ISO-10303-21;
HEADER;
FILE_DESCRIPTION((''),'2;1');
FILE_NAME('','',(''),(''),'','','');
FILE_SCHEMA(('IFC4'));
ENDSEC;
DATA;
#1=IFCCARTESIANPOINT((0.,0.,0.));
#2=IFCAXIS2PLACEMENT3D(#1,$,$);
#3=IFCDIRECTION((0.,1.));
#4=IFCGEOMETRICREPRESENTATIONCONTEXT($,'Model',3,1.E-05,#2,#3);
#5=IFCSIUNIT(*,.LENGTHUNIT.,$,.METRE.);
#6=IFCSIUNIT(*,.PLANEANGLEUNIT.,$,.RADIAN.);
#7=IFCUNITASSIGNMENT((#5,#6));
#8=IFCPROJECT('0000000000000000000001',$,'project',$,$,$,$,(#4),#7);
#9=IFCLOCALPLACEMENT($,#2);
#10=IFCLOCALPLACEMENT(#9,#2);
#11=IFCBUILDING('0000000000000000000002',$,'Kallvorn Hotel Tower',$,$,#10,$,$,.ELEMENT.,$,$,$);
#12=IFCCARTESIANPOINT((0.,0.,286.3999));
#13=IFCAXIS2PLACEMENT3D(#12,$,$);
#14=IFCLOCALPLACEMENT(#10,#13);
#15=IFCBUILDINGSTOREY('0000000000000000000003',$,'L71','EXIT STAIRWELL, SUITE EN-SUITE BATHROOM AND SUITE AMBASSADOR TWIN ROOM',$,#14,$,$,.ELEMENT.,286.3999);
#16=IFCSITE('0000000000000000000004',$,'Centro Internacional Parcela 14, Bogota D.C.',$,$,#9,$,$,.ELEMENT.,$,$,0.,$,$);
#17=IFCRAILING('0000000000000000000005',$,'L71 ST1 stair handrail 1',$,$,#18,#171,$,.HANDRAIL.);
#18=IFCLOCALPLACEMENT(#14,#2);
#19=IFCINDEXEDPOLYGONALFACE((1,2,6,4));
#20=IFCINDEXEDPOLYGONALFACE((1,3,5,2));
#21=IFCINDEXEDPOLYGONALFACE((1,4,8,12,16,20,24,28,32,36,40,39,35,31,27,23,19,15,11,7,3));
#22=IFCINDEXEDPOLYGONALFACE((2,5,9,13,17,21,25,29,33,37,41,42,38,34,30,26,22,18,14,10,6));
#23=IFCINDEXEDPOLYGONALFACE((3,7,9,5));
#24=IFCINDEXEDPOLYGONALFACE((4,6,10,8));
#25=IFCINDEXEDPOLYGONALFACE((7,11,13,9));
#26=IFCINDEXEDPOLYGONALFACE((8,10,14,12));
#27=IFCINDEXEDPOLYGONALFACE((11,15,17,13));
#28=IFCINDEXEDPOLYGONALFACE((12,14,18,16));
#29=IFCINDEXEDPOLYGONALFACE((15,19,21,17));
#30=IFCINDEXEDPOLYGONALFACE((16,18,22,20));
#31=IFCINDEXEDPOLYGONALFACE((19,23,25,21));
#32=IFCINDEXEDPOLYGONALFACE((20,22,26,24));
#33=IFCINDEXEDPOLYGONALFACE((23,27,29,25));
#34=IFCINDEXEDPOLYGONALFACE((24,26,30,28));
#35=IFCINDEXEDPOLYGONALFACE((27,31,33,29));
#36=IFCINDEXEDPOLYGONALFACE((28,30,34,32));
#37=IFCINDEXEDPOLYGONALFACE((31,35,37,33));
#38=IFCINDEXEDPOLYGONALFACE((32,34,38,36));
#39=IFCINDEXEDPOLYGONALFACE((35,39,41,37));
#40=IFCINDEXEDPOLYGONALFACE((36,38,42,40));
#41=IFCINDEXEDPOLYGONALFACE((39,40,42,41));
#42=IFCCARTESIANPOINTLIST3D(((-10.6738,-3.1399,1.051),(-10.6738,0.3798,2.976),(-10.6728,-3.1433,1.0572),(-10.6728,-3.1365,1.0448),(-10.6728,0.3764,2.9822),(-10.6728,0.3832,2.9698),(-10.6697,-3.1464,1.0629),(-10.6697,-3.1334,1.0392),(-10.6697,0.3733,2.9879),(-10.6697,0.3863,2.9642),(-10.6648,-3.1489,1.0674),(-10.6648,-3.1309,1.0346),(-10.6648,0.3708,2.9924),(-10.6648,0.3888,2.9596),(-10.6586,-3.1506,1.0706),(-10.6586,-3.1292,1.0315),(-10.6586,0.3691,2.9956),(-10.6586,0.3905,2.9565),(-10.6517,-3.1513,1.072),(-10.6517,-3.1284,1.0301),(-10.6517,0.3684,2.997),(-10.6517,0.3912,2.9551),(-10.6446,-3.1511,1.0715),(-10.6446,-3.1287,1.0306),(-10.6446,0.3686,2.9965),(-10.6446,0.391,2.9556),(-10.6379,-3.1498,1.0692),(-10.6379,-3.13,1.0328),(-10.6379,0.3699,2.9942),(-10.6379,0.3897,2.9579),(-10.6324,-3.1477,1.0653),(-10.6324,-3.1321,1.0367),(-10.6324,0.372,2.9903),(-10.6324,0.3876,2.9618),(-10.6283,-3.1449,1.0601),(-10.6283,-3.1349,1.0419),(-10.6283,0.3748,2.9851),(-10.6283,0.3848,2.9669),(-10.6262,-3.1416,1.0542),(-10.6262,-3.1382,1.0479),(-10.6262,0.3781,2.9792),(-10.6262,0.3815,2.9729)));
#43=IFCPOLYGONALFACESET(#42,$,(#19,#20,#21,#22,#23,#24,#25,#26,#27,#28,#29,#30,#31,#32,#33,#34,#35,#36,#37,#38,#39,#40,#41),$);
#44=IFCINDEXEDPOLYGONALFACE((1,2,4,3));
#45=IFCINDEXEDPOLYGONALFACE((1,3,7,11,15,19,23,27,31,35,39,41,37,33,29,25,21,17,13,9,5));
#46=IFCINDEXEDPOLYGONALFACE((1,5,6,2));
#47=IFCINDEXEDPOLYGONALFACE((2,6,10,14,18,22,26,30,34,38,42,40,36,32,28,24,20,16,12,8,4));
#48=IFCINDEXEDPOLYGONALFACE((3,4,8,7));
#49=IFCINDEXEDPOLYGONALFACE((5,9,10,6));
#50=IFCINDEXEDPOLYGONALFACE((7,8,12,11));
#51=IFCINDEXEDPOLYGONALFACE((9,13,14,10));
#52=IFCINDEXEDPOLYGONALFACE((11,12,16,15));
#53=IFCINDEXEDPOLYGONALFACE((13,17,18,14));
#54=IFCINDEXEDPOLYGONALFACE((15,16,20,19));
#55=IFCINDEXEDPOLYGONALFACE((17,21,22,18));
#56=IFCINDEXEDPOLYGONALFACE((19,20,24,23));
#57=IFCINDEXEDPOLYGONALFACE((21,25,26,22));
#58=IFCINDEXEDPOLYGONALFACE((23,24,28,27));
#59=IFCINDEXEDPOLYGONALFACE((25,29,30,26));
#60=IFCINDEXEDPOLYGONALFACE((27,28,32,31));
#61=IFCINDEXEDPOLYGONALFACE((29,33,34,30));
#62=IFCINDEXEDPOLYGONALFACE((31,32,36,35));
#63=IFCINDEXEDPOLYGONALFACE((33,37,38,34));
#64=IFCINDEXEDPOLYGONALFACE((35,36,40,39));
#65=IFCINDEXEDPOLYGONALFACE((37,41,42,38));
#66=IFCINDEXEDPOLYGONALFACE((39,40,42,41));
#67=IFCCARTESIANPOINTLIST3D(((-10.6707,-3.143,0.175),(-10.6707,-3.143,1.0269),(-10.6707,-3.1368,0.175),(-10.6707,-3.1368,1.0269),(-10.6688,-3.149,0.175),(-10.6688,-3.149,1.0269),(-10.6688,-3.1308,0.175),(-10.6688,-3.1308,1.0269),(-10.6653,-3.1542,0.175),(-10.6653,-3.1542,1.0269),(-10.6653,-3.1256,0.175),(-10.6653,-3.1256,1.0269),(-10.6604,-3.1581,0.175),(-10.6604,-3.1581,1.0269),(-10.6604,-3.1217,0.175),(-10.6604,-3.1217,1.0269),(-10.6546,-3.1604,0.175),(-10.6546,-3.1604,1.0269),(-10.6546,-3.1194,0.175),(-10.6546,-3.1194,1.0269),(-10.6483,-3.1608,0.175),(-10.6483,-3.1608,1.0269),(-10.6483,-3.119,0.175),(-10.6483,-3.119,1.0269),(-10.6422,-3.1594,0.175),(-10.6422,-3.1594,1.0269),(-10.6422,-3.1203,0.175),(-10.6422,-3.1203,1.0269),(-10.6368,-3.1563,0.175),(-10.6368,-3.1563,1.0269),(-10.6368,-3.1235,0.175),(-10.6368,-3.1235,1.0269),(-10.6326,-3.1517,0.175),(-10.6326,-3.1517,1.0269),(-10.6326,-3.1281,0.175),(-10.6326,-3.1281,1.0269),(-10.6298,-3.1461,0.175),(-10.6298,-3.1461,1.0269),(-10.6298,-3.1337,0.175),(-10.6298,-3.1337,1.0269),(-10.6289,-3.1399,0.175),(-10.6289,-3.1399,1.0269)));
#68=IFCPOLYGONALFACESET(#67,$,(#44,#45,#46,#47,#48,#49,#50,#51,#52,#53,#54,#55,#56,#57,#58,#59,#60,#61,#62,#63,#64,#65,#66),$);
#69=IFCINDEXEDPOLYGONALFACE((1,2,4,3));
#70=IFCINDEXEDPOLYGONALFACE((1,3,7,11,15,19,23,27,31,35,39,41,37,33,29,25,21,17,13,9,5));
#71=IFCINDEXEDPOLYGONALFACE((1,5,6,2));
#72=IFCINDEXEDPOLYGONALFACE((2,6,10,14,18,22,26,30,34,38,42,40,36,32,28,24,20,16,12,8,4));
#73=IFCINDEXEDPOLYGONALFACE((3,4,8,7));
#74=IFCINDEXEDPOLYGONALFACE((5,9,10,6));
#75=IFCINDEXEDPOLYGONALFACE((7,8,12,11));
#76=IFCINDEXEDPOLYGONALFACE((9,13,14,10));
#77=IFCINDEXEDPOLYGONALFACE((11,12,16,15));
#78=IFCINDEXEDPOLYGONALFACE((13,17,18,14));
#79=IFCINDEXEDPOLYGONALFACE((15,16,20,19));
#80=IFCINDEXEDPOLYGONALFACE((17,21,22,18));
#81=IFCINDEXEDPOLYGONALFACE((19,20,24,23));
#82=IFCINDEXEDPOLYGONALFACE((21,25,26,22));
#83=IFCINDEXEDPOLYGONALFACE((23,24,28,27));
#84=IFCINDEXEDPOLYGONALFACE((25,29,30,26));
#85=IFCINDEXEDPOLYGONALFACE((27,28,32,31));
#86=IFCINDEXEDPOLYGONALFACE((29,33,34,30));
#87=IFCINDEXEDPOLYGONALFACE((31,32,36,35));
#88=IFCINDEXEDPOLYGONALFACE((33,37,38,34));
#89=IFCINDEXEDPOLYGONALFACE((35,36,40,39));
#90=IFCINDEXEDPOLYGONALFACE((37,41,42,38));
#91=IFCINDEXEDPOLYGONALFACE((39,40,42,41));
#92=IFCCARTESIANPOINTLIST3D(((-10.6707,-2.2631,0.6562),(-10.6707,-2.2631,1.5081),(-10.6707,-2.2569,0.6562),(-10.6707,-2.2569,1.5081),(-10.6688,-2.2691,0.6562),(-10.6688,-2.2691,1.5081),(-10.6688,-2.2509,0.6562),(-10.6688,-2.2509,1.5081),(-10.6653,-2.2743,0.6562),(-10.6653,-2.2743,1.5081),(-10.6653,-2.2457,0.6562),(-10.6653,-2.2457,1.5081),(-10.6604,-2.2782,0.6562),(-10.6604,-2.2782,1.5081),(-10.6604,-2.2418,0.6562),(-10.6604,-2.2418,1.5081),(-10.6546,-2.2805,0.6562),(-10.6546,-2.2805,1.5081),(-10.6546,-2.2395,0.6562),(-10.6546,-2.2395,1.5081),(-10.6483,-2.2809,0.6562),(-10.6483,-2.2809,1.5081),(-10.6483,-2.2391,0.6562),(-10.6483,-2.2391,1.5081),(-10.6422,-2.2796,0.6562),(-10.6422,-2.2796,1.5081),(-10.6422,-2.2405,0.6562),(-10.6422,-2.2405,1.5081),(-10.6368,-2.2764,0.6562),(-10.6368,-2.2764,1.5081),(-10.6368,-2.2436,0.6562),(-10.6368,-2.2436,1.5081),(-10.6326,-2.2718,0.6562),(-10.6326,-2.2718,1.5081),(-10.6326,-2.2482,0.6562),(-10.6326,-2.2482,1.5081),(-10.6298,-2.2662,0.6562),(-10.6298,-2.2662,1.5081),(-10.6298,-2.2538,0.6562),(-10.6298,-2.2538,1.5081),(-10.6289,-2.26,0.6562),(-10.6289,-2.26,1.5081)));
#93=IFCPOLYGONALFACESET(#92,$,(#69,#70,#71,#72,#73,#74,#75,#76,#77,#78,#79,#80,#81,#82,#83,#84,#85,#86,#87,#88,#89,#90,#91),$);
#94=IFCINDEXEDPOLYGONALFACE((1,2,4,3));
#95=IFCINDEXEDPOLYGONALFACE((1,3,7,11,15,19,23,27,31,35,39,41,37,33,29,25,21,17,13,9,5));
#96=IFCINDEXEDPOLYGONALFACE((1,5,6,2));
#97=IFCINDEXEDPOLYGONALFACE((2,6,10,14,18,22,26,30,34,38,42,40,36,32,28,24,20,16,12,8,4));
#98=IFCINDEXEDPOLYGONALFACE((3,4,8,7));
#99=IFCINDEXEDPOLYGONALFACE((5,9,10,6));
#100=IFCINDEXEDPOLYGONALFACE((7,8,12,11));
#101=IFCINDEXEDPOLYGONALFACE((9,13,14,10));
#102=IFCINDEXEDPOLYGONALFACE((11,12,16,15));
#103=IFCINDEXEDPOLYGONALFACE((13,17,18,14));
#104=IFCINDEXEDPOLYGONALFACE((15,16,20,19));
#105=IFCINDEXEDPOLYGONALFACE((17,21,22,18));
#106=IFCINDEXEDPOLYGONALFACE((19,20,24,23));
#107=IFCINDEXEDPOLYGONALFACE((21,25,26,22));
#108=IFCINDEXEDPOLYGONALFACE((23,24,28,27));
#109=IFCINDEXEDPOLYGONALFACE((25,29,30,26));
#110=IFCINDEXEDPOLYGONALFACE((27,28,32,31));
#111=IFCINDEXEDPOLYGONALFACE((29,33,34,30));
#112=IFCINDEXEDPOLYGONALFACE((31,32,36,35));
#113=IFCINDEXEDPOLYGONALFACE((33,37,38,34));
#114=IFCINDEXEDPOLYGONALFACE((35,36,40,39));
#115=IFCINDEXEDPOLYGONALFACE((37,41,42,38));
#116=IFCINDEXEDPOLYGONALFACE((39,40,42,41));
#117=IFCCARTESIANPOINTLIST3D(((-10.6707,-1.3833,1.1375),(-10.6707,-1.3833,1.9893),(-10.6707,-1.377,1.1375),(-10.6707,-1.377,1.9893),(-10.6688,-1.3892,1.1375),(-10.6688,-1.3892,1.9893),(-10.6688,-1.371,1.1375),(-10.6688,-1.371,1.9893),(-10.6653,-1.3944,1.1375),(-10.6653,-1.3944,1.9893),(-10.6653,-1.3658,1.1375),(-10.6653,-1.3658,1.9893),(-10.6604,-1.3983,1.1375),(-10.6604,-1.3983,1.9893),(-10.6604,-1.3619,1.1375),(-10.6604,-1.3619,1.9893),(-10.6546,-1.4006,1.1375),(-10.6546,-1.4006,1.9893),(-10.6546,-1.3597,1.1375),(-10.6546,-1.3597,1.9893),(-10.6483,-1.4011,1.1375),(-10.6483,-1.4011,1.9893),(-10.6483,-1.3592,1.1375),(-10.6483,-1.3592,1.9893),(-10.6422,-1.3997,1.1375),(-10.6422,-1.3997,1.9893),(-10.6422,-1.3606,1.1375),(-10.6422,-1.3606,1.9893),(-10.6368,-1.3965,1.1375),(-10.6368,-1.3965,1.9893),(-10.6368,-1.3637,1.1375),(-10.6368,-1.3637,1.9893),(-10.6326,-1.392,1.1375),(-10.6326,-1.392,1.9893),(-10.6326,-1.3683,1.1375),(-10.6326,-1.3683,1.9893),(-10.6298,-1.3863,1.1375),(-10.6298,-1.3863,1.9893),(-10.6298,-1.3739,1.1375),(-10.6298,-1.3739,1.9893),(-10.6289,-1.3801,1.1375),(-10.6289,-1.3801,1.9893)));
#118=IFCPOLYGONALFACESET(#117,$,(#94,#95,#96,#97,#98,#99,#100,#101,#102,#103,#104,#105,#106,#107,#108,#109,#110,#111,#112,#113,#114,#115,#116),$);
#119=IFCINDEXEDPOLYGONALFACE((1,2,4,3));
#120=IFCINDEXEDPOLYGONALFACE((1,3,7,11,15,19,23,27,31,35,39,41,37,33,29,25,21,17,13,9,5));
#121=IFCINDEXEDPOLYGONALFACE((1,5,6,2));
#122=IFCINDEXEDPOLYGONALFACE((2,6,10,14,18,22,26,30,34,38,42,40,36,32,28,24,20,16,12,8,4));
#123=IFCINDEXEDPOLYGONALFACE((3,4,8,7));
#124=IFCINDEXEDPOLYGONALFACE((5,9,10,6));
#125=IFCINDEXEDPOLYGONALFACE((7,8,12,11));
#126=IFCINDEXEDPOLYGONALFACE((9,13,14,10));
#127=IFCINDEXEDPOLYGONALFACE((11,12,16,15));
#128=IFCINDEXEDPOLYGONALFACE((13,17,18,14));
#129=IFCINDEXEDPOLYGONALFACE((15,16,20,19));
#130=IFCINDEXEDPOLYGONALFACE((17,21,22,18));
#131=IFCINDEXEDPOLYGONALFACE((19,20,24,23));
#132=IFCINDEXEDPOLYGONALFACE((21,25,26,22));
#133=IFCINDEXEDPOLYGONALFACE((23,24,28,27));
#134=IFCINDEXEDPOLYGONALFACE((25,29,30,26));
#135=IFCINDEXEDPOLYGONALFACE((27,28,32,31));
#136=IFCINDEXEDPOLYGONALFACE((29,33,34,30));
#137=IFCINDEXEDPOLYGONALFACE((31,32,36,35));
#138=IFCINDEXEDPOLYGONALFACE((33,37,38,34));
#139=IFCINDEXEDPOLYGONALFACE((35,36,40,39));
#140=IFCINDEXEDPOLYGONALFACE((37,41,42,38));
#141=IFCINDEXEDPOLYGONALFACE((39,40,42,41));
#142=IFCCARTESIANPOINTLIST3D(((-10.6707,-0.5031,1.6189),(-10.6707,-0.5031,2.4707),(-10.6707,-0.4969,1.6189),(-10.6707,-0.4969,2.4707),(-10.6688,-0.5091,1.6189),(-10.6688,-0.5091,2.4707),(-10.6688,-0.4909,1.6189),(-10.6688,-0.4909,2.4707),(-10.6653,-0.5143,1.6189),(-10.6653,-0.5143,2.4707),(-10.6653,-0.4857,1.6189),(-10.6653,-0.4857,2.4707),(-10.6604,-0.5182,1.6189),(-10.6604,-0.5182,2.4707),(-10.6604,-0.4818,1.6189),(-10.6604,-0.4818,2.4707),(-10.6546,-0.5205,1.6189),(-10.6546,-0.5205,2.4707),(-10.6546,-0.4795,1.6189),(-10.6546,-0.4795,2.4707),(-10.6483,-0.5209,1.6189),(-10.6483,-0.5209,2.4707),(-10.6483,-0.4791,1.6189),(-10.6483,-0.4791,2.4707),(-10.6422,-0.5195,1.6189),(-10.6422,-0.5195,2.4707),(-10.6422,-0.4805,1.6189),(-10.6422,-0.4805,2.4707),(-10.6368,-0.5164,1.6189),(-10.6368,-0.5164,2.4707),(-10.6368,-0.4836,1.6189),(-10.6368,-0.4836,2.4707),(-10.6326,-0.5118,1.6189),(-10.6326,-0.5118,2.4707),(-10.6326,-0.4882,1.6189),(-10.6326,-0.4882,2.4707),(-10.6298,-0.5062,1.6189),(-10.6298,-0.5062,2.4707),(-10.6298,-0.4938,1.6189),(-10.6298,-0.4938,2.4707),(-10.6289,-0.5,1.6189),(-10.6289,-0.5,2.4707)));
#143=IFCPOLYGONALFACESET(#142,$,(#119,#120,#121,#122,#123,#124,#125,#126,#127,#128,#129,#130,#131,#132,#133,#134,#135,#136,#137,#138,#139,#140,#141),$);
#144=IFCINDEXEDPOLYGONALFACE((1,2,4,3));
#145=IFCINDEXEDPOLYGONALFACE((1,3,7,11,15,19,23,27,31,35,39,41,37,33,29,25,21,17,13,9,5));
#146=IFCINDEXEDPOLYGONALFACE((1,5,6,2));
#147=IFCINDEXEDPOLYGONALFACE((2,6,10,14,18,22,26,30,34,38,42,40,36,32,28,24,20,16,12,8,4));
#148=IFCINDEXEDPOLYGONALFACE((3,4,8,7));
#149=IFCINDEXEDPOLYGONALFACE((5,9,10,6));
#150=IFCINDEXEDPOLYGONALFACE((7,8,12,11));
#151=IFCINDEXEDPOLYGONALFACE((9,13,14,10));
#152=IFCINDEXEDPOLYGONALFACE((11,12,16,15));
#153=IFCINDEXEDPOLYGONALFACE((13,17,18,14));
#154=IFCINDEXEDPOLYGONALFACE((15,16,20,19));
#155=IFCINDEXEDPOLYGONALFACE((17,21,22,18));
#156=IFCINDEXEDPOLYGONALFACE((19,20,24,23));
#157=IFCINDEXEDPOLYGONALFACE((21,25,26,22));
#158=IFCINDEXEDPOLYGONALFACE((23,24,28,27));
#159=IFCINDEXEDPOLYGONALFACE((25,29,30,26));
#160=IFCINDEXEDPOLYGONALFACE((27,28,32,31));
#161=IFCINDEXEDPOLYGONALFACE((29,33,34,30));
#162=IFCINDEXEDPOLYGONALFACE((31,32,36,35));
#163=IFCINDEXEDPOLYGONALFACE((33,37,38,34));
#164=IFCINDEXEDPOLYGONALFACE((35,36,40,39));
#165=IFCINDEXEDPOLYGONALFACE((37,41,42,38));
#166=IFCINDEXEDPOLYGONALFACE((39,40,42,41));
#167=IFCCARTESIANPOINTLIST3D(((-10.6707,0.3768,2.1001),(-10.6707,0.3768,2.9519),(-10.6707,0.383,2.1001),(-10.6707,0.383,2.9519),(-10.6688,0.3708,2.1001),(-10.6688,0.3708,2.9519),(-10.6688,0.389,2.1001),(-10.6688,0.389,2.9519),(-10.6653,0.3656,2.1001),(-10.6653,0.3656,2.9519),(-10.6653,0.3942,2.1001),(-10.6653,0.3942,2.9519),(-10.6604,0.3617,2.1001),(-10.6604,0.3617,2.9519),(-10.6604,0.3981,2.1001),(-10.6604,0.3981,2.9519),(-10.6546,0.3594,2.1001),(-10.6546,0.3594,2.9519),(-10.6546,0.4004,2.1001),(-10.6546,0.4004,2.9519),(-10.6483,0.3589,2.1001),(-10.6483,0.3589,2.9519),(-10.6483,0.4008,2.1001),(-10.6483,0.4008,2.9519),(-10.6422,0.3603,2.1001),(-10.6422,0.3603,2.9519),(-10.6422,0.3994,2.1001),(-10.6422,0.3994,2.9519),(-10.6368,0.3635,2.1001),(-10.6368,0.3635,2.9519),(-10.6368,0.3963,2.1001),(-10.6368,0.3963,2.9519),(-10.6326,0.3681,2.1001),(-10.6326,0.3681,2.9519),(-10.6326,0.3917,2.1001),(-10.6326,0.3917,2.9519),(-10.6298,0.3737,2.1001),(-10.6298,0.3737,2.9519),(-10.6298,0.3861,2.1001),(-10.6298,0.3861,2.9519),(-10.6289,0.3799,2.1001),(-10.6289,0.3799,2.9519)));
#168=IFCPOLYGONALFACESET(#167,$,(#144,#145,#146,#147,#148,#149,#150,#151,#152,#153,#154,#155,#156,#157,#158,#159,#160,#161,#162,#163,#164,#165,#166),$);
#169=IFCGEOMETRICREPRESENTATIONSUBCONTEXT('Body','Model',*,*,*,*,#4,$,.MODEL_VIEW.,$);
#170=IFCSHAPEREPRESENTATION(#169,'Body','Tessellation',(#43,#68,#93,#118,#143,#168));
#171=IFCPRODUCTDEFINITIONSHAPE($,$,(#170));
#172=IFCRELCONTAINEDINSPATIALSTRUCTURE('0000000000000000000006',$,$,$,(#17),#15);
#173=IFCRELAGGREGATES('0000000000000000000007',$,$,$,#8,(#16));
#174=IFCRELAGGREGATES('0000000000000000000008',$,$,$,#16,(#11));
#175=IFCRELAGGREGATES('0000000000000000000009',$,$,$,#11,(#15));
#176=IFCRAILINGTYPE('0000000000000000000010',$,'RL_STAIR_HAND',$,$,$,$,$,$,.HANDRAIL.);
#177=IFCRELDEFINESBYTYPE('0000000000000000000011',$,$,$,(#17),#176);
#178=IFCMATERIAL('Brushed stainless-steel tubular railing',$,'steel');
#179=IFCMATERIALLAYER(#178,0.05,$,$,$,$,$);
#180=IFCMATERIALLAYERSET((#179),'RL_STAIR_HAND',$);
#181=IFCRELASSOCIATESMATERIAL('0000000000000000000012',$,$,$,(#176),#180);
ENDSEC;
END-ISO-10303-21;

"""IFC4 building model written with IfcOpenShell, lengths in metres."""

from ifc_helpers import new_model, si_unit, direction, frame, origin, origin_2d, place, context, subcontext, project, spatial, circle, extrude, material, layer, layer_set, type_object, element, save


model = new_model("IFC4")

# Units and contexts
model_context = context("Model", 3, precision=1e-05, world=origin(), true_north=direction((0.0, 1.0)))
body_context = subcontext(model_context, "Body", "Model", "MODEL_VIEW")
ifc_project = project(units=[si_unit("LENGTHUNIT", "METRE"), si_unit("PLANEANGLEUNIT", "RADIAN")], contexts=[model_context])

# Site, building, storey
site_placement = place(None, origin())
site = spatial("IfcSite", under=ifc_project, at=site_placement, Name="Centro Internacional Parcela 14, Bogota D.C.", CompositionType="ELEMENT", RefElevation=0.0)
building_placement = place(site_placement, origin())
building = spatial("IfcBuilding", under=site, at=building_placement, Name="Kallvorn Hotel Tower", CompositionType="ELEMENT")
storey_placement = place(building_placement, frame((0.0, 0.0, 286.3999)))
storey = spatial("IfcBuildingStorey", under=building, at=storey_placement, Name="L71", Description="EXIT STAIRWELL, SUITE EN-SUITE BATHROOM AND SUITE AMBASSADOR TWIN ROOM", CompositionType="ELEMENT", Elevation=286.3999)

# Railing
ifc_material_1 = material(Name="Brushed stainless-steel tubular railing", Category="steel")
ifc_layer_1 = layer(ifc_material_1, 0.05)
ifc_layer_set_1 = layer_set([ifc_layer_1], Name="RL_STAIR_HAND")
railing_type_1 = type_object("IfcRailingType", Name="RL_STAIR_HAND", PredefinedType="HANDRAIL", material=ifc_layer_set_1)
railing_1_placement = place(storey_placement, frame((-10.6499, -3.1399, 0.175)))
element("IfcRailing", 1, at=railing_1_placement, inside=storey, type_object=railing_type_1, Name="L71 ST1 stair handrail 1", PredefinedType="HANDRAIL", context=body_context, shape_type="SweptSolid", body=[
    extrude(circle(Radius=0.0239, at=origin_2d()), frame((0.0, 0.0, 0.876), z_axis=(0.0, 0.877353, 0.479845), x_axis=(-1.0, 0.0, 0.0)), (0.0, 0.0, 1.0), 4.0117),
    extrude(circle(Radius=0.021, at=origin_2d()), origin(), (0.0, 0.0, 1.0), 0.8518),
    extrude(circle(Radius=0.021, at=origin_2d()), frame((0.0, 0.8799, 0.4812)), (0.0, 0.0, 1.0), 0.8518),
    extrude(circle(Radius=0.021, at=origin_2d()), frame((0.0, 1.7598, 0.9624)), (0.0, 0.0, 1.0), 0.8518),
    extrude(circle(Radius=0.021, at=origin_2d()), frame((0.0, 2.6399, 1.4438)), (0.0, 0.0, 1.0), 0.8518),
    extrude(circle(Radius=0.021, at=origin_2d()), frame((0.0, 3.5198, 1.925)), (0.0, 0.0, 1.0), 0.8518),
])

save(model, "model.ifc")
